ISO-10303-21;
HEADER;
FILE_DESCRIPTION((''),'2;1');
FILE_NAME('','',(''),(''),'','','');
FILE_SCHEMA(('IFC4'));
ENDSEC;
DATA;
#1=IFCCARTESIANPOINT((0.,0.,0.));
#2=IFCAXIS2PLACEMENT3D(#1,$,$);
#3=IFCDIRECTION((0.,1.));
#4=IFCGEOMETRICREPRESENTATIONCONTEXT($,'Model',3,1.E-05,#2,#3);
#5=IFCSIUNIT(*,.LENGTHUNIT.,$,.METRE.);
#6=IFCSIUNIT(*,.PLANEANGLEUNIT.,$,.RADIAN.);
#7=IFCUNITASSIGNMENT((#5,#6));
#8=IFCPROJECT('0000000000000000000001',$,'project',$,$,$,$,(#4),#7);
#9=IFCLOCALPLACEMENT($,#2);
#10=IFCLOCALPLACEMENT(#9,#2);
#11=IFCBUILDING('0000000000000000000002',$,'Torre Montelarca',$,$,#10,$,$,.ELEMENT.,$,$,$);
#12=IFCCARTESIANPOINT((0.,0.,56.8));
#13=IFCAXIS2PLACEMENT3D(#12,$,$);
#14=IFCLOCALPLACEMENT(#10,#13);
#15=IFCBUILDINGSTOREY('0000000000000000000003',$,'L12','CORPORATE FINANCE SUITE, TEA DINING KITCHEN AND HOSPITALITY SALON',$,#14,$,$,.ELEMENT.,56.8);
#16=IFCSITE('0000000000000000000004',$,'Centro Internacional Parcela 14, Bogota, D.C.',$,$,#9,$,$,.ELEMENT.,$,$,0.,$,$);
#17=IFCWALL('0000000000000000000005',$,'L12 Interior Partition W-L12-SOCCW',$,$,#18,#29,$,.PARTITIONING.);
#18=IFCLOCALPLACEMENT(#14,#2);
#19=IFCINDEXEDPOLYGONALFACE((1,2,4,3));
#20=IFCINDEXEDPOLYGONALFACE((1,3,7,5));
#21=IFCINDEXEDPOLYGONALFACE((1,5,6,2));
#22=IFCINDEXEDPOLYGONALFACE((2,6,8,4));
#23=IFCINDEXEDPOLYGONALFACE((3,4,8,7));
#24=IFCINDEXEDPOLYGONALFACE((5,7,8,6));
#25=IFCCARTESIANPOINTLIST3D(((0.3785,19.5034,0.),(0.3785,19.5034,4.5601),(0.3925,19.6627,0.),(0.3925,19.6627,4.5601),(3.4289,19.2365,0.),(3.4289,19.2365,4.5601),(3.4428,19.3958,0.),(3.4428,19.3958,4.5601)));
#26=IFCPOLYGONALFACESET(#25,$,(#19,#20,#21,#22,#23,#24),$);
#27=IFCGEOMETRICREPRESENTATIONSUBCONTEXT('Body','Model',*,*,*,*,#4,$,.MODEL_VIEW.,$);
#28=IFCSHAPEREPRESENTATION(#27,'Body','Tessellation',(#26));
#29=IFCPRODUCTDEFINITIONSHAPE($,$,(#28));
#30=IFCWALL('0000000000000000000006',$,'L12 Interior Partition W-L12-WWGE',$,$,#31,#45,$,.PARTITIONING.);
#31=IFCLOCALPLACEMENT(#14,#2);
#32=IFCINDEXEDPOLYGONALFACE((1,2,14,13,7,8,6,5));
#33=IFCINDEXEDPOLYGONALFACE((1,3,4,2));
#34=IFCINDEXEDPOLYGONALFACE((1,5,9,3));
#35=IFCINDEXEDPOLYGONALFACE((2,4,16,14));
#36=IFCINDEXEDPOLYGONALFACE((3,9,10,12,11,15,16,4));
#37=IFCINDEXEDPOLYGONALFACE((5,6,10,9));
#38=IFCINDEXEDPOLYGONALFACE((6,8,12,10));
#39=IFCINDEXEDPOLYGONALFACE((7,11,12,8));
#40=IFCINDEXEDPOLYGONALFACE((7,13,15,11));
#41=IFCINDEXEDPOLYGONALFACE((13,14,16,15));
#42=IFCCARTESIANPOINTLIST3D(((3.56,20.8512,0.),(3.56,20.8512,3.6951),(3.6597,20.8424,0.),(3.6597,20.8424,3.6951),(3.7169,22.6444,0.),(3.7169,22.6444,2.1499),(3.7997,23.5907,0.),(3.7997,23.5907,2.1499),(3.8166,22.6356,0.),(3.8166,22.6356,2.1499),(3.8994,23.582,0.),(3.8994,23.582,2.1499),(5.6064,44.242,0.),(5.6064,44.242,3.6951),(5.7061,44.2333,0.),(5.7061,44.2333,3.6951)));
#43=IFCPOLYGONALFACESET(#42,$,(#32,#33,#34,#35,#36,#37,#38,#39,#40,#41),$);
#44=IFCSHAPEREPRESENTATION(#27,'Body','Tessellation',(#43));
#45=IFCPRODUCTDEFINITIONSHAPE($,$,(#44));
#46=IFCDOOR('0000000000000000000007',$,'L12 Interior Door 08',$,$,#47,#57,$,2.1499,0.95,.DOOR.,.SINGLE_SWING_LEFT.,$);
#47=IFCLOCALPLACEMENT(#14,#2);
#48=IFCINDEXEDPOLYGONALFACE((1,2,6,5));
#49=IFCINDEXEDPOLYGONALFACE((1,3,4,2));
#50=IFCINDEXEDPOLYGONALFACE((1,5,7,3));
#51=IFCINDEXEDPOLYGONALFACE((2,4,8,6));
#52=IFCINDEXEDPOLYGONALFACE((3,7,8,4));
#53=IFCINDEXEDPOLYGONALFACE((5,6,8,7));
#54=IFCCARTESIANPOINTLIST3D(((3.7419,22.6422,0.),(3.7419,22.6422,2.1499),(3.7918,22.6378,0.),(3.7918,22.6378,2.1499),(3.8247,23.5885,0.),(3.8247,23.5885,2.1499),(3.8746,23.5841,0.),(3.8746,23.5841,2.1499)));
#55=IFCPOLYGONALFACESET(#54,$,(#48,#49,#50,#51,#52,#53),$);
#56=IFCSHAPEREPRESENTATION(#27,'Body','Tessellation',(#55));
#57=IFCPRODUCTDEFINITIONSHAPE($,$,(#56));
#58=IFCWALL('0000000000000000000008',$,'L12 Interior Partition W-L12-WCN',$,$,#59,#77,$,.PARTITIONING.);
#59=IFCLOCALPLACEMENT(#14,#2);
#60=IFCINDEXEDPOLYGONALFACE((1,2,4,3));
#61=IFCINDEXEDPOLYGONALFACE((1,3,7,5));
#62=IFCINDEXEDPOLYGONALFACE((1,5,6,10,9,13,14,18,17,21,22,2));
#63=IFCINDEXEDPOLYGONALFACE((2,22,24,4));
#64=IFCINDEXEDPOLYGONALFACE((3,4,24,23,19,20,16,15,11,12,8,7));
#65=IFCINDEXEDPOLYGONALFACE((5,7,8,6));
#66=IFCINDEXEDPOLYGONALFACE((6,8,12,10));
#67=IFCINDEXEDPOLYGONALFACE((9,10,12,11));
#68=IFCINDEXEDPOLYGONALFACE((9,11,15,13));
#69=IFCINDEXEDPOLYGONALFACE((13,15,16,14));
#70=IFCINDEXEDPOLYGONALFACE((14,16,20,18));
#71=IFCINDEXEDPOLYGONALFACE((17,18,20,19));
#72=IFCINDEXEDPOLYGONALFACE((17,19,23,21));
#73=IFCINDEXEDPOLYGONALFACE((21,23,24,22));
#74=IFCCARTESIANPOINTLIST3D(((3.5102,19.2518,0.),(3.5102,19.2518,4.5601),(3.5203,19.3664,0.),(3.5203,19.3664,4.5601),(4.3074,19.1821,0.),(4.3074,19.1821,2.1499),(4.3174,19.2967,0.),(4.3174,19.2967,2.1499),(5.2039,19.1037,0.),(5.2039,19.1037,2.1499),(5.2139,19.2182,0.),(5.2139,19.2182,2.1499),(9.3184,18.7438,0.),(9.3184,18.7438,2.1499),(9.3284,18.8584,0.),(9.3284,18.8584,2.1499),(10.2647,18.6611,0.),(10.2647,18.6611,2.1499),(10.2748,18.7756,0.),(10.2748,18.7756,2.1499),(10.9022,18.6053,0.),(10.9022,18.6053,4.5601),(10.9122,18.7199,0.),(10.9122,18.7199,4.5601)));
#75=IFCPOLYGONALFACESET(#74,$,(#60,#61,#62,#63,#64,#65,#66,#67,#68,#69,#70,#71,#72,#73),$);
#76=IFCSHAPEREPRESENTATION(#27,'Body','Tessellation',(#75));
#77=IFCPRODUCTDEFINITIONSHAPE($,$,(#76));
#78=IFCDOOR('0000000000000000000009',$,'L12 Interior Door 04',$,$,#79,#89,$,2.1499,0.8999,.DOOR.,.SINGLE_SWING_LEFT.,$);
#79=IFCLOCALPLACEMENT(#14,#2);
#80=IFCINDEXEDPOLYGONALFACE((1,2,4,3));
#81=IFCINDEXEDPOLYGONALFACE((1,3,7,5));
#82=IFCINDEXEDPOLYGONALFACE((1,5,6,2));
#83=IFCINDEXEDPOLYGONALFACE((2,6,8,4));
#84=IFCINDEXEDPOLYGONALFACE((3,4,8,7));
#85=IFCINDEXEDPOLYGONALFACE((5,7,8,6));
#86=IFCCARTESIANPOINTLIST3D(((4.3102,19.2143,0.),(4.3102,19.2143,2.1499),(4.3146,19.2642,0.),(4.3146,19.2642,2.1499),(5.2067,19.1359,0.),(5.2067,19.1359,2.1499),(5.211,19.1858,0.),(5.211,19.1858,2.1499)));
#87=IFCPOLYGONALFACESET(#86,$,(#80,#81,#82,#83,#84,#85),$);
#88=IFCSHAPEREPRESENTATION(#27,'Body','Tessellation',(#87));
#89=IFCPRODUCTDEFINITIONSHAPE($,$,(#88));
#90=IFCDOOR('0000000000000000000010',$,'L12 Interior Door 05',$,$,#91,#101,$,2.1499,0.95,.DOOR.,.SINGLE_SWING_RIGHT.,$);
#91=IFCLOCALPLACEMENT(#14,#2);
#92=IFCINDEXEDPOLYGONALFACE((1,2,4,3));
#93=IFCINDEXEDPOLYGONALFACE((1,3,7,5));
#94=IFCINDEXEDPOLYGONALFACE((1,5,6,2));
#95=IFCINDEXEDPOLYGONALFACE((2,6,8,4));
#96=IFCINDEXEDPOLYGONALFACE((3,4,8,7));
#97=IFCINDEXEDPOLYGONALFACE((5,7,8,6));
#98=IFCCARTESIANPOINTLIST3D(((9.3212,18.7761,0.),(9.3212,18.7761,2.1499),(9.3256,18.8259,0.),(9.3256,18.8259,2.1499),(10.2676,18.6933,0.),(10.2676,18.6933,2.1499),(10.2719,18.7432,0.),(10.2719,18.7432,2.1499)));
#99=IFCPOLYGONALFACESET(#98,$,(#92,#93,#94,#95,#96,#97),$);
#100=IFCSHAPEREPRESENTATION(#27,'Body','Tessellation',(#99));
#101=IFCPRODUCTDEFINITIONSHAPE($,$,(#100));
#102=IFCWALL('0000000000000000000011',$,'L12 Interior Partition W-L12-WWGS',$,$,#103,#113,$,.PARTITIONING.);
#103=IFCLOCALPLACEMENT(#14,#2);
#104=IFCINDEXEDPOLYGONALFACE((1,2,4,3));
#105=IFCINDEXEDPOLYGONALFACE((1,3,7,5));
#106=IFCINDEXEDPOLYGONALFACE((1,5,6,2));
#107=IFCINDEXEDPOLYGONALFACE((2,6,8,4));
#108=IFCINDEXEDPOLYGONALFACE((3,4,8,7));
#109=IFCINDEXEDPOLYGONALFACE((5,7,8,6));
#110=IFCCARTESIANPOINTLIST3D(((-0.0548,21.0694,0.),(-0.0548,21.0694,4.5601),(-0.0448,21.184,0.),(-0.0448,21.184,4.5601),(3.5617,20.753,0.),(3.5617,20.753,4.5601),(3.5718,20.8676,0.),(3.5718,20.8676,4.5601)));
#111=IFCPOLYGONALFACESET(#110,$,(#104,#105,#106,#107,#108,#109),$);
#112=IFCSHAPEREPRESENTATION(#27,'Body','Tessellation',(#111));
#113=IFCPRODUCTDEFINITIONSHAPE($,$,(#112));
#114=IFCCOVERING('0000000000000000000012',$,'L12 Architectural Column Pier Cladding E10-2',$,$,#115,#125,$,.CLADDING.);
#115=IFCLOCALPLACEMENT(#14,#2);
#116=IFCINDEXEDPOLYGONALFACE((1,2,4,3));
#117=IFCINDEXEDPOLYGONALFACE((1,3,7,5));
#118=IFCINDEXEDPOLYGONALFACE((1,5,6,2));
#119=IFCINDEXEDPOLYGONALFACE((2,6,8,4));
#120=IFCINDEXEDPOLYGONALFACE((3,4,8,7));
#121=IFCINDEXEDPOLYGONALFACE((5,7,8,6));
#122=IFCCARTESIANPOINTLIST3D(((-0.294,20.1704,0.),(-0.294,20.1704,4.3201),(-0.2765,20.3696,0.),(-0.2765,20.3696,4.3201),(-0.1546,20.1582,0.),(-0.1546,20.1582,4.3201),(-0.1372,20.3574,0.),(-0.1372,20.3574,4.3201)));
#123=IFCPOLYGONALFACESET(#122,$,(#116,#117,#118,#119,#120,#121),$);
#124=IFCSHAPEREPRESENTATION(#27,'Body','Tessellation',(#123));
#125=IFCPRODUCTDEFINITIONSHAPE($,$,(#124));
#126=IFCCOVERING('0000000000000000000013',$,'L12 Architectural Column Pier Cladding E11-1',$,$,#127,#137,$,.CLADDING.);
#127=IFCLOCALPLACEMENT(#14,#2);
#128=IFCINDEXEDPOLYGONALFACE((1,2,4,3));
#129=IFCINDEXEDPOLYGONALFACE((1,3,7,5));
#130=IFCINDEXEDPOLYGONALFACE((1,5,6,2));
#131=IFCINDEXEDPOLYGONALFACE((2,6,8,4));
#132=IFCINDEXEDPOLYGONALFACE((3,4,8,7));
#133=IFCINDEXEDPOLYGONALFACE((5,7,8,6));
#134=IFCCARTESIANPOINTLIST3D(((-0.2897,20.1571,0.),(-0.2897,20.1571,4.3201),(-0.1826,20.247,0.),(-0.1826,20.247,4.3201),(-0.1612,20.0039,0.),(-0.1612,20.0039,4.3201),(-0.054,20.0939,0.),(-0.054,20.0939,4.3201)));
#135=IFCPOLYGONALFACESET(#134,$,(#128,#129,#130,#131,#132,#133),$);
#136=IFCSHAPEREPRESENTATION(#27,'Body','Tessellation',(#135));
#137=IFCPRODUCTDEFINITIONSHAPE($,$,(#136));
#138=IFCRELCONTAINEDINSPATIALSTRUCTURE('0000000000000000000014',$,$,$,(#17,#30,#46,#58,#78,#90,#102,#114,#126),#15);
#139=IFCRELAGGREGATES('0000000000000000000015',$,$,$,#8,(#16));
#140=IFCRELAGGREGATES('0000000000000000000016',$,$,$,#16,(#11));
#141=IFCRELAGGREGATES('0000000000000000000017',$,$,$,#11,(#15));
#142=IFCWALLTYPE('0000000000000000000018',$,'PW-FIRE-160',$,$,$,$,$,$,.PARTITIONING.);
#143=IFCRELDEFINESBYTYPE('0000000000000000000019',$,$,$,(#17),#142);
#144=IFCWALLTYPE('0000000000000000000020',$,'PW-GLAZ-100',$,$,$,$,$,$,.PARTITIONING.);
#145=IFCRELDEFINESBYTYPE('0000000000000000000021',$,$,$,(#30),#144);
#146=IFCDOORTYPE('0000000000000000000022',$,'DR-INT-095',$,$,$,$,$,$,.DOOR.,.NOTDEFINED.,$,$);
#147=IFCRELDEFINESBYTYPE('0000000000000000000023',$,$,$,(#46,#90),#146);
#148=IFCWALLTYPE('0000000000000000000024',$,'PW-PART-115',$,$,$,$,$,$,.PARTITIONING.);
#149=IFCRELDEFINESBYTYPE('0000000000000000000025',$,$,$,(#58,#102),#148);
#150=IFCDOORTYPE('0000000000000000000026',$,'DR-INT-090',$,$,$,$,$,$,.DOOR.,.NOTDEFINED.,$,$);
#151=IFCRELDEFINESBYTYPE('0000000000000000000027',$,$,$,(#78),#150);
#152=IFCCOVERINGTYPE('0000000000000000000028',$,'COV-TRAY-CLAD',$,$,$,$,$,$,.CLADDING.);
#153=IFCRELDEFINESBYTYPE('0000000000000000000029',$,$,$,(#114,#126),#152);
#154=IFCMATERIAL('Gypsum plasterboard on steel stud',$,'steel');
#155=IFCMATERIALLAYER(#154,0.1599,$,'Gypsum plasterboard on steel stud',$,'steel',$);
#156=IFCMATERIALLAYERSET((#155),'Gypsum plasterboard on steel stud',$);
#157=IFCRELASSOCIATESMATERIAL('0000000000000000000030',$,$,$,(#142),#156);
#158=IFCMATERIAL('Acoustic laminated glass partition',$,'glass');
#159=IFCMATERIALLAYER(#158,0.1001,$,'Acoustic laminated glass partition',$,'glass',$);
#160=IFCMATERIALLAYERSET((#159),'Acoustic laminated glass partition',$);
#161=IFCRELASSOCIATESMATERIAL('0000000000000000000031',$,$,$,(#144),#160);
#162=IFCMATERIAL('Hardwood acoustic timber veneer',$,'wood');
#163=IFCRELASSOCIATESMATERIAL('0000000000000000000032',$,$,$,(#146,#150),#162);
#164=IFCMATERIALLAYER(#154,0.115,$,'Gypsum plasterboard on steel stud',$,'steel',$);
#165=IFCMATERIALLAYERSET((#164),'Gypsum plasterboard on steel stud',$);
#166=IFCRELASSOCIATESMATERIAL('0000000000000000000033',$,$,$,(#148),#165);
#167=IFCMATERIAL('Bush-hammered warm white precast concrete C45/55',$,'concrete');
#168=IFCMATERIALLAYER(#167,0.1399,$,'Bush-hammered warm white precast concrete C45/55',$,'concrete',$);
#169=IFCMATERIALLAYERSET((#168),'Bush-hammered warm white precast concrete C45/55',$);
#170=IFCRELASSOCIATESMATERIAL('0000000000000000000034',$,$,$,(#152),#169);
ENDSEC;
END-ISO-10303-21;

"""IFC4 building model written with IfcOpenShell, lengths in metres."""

from ifc_helpers import new_model, si_unit, direction, frame, frame_2d, origin, origin_2d, place, context, subcontext, project, spatial, rectangle, extrude, source, transform, mapped, material, layer, layer_set, type_object, element, fill, save


model = new_model("IFC4")

# Units and contexts
model_context = context("Model", 3, precision=1e-05, world=origin(), true_north=direction((0.0, 1.0)))
body_context = subcontext(model_context, "Body", "Model", "MODEL_VIEW")
ifc_project = project(units=[si_unit("LENGTHUNIT", "METRE"), si_unit("PLANEANGLEUNIT", "RADIAN")], contexts=[model_context])

# Site, building, storey
site_placement = place(None, origin())
site = spatial("IfcSite", under=ifc_project, at=site_placement, Name="Centro Internacional Parcela 14, Bogota, D.C.", CompositionType="ELEMENT", RefElevation=0.0)
building_placement = place(site_placement, origin())
building = spatial("IfcBuilding", under=site, at=building_placement, Name="Torre Montelarca", CompositionType="ELEMENT")
storey_placement = place(building_placement, frame((0.0, 0.0, 56.8)))
storey = spatial("IfcBuildingStorey", under=building, at=storey_placement, Name="L12", Description="CORPORATE FINANCE SUITE, TEA DINING KITCHEN AND HOSPITALITY SALON", CompositionType="ELEMENT", Elevation=56.8)

# Wall
ifc_material_1 = material(Name="Gypsum plasterboard on steel stud", Category="steel")
ifc_layer_1 = layer(ifc_material_1, 0.1599, Name="Gypsum plasterboard on steel stud", Category="steel")
ifc_layer_set_1 = layer_set([ifc_layer_1], Name="Gypsum plasterboard on steel stud")
wall_type_1 = type_object("IfcWallType", Name="PW-FIRE-160", PredefinedType="PARTITIONING", material=ifc_layer_set_1)
wall_1_placement = place(storey_placement, frame((0.3855, 19.583, 0.0), z_axis=(0.0, 0.0, 1.0), x_axis=(0.996195, -0.087149, 0.0)))
element("IfcWall", 1, at=wall_1_placement, inside=storey, type_object=wall_type_1, Name="L12 Interior Partition W-L12-SOCCW", PredefinedType="PARTITIONING", context=body_context, shape_type="SweptSolid", body=[
    extrude(rectangle(XDim=3.062, YDim=0.1599, at=frame_2d((1.531, 0.0))), origin(), (0.0, 0.0, 1.0), 4.5601),
])

# Wall, opening, door
ifc_material_2 = material(Name="Acoustic laminated glass partition", Category="glass")
ifc_layer_2 = layer(ifc_material_2, 0.1001, Name="Acoustic laminated glass partition", Category="glass")
ifc_layer_set_2 = layer_set([ifc_layer_2], Name="Acoustic laminated glass partition")
wall_type_2 = type_object("IfcWallType", Name="PW-GLAZ-100", PredefinedType="PARTITIONING", material=ifc_layer_set_2)
wall_2_placement = place(storey_placement, frame((3.6099, 20.8467, 0.0), z_axis=(0.0, 0.0, 1.0), x_axis=(0.087154, 0.996195, 0.0)))
wall_2 = element("IfcWall", 2, at=wall_2_placement, inside=storey, type_object=wall_type_2, Name="L12 Interior Partition W-L12-WWGE", PredefinedType="PARTITIONING", context=body_context, shape_type="SweptSolid", body=[
    extrude(rectangle(XDim=23.4802, YDim=0.1001, at=frame_2d((11.7402, 0.0))), origin(), (0.0, 0.0, 1.0), 3.6951),
])
opening_1_placement = place(wall_2_placement, frame((1.8, 0.0, 0.0)))
opening_1 = element("IfcOpeningElement", 3, at=opening_1_placement, cuts=wall_2, PredefinedType="OPENING", context=body_context, shape_type="SweptSolid", body=[
    extrude(rectangle(XDim=0.95, YDim=2.1499, at=frame_2d((0.4751, 1.075))), frame((0.0, 0.0601, 0.0), z_axis=(0.0, -1.0, 0.0), x_axis=(1.0, 0.0, 0.0)), (0.0, 0.0, 1.0), 0.1201),
])
ifc_material_3 = material(Name="Hardwood acoustic timber veneer", Category="wood")
door_type_1 = type_object("IfcDoorType", Name="DR-INT-095", OperationType="NOTDEFINED", PredefinedType="DOOR", material=ifc_material_3)
shared_shape_1 = source(origin(), body_context, "Body", "SweptSolid", [
    extrude(rectangle(XDim=0.95, YDim=2.1499, at=frame_2d((0.4751, 1.075))), frame((0.0, 0.0249, 0.0), z_axis=(0.0, -1.0, 0.0), x_axis=(1.0, 0.0, 0.0)), (0.0, 0.0, 1.0), 0.05),
])
door_1_placement = place(opening_1_placement, origin())
door_1 = element("IfcDoor", 4, at=door_1_placement, inside=storey, type_object=door_type_1, Name="L12 Interior Door 08", OperationType="SINGLE_SWING_LEFT", OverallHeight=2.1499, OverallWidth=0.95, PredefinedType="DOOR", context=body_context, shape_type="MappedRepresentation", body=[
    mapped(shared_shape_1, transform((0.0, 0.0, 0.0), scale=1.0)),
])
fill(opening_1, door_1)

# Wall, openings, doors
ifc_layer_3 = layer(ifc_material_1, 0.115, Name="Gypsum plasterboard on steel stud", Category="steel")
ifc_layer_set_3 = layer_set([ifc_layer_3], Name="Gypsum plasterboard on steel stud")
wall_type_3 = type_object("IfcWallType", Name="PW-PART-115", PredefinedType="PARTITIONING", material=ifc_layer_set_3)
wall_3_placement = place(storey_placement, frame((3.5154, 19.3091, 0.0), z_axis=(0.0, 0.0, 1.0), x_axis=(0.996197, -0.087127, 0.0)))
wall_3 = element("IfcWall", 5, at=wall_3_placement, inside=storey, type_object=wall_type_3, Name="L12 Interior Partition W-L12-WCN", PredefinedType="PARTITIONING", context=body_context, shape_type="SweptSolid", body=[
    extrude(rectangle(XDim=7.4202, YDim=0.115, at=frame_2d((3.71, 0.0))), origin(), (0.0, 0.0, 1.0), 4.5601),
])
opening_2_placement = place(wall_3_placement, frame((0.8, 0.0, 0.0)))
opening_2 = element("IfcOpeningElement", 6, at=opening_2_placement, cuts=wall_3, PredefinedType="OPENING", context=body_context, shape_type="SweptSolid", body=[
    extrude(rectangle(XDim=0.8999, YDim=2.1499, at=frame_2d((0.45, 1.075))), frame((0.0, 0.0674, 0.0), z_axis=(0.0, -1.0, 0.0), x_axis=(1.0, 0.0, 0.0)), (0.0, 0.0, 1.0), 0.135),
])
opening_3_placement = place(wall_3_placement, frame((5.8301, 0.0, 0.0)))
opening_3 = element("IfcOpeningElement", 7, at=opening_3_placement, cuts=wall_3, PredefinedType="OPENING", context=body_context, shape_type="SweptSolid", body=[
    extrude(rectangle(XDim=0.95, YDim=2.1499, at=frame_2d((0.4751, 1.075))), frame((0.0, 0.0674, 0.0), z_axis=(0.0, -1.0, 0.0), x_axis=(1.0, 0.0, 0.0)), (0.0, 0.0, 1.0), 0.135),
])
door_type_2 = type_object("IfcDoorType", Name="DR-INT-090", OperationType="NOTDEFINED", PredefinedType="DOOR", material=ifc_material_3)
shared_shape_2 = source(origin(), body_context, "Body", "SweptSolid", [
    extrude(rectangle(XDim=0.8999, YDim=2.1499, at=frame_2d((0.45, 1.075))), frame((0.0, 0.0249, 0.0), z_axis=(0.0, -1.0, 0.0), x_axis=(1.0, 0.0, 0.0)), (0.0, 0.0, 1.0), 0.05),
])
door_2_placement = place(opening_2_placement, origin())
door_2 = element("IfcDoor", 8, at=door_2_placement, inside=storey, type_object=door_type_2, Name="L12 Interior Door 04", OperationType="SINGLE_SWING_LEFT", OverallHeight=2.1499, OverallWidth=0.8999, PredefinedType="DOOR", context=body_context, shape_type="MappedRepresentation", body=[
    mapped(shared_shape_2, transform((0.0, 0.0, 0.0), scale=1.0)),
])
fill(opening_2, door_2)
door_3_placement = place(opening_3_placement, origin())
door_3 = element("IfcDoor", 9, at=door_3_placement, inside=storey, type_object=door_type_1, Name="L12 Interior Door 05", OperationType="SINGLE_SWING_RIGHT", OverallHeight=2.1499, OverallWidth=0.95, PredefinedType="DOOR", context=body_context, shape_type="MappedRepresentation", body=[
    mapped(shared_shape_1, transform((0.0, 0.0, 0.0), scale=1.0)),
])
fill(opening_3, door_3)

# Wall
wall_4_placement = place(storey_placement, frame((-0.0498, 21.1267, 0.0), z_axis=(0.0, 0.0, 1.0), x_axis=(0.996195, -0.087158, 0.0)))
element("IfcWall", 10, at=wall_4_placement, inside=storey, type_object=wall_type_3, Name="L12 Interior Partition W-L12-WWGS", PredefinedType="PARTITIONING", context=body_context, shape_type="SweptSolid", body=[
    extrude(rectangle(XDim=3.6304, YDim=0.115, at=frame_2d((1.8152, 0.0))), origin(), (0.0, 0.0, 1.0), 4.5601),
])

# Coverings
ifc_material_4 = material(Name="Bush-hammered warm white precast concrete C45/55", Category="concrete")
ifc_layer_4 = layer(ifc_material_4, 0.1399, Name="Bush-hammered warm white precast concrete C45/55", Category="concrete")
ifc_layer_set_4 = layer_set([ifc_layer_4], Name="Bush-hammered warm white precast concrete C45/55")
covering_type = type_object("IfcCoveringType", Name="COV-TRAY-CLAD", PredefinedType="CLADDING", material=ifc_layer_set_4)
shared_shape_3 = source(origin(), body_context, "Body", "SweptSolid", [
    extrude(rectangle(XDim=0.2, YDim=0.1399, at=origin_2d()), origin(), (0.0, 0.0, 1.0), 4.3201),
])
for number, where, z_axis, x_axis, name in (
    (11, (-0.2156, 20.2639, 0.0), (0.0, 0.0, 1.0), (-0.087161, -0.996194, 0.0), "L12 Architectural Column Pier Cladding E10-2"),
    (12, (-0.1719, 20.1255, 0.0), (0.0, 0.0, 1.0), (0.642794, -0.766039, 0.0), "L12 Architectural Column Pier Cladding E11-1"),
):
    element("IfcCovering", number, at=place(storey_placement, frame(where, z_axis=z_axis, x_axis=x_axis)), inside=storey, type_object=covering_type, Name=name, PredefinedType="CLADDING", context=body_context, shape_type="MappedRepresentation", body=[
        mapped(shared_shape_3, transform((0.0, 0.0, 0.0), scale=1.0)),
    ])

save(model, "model.ifc")
